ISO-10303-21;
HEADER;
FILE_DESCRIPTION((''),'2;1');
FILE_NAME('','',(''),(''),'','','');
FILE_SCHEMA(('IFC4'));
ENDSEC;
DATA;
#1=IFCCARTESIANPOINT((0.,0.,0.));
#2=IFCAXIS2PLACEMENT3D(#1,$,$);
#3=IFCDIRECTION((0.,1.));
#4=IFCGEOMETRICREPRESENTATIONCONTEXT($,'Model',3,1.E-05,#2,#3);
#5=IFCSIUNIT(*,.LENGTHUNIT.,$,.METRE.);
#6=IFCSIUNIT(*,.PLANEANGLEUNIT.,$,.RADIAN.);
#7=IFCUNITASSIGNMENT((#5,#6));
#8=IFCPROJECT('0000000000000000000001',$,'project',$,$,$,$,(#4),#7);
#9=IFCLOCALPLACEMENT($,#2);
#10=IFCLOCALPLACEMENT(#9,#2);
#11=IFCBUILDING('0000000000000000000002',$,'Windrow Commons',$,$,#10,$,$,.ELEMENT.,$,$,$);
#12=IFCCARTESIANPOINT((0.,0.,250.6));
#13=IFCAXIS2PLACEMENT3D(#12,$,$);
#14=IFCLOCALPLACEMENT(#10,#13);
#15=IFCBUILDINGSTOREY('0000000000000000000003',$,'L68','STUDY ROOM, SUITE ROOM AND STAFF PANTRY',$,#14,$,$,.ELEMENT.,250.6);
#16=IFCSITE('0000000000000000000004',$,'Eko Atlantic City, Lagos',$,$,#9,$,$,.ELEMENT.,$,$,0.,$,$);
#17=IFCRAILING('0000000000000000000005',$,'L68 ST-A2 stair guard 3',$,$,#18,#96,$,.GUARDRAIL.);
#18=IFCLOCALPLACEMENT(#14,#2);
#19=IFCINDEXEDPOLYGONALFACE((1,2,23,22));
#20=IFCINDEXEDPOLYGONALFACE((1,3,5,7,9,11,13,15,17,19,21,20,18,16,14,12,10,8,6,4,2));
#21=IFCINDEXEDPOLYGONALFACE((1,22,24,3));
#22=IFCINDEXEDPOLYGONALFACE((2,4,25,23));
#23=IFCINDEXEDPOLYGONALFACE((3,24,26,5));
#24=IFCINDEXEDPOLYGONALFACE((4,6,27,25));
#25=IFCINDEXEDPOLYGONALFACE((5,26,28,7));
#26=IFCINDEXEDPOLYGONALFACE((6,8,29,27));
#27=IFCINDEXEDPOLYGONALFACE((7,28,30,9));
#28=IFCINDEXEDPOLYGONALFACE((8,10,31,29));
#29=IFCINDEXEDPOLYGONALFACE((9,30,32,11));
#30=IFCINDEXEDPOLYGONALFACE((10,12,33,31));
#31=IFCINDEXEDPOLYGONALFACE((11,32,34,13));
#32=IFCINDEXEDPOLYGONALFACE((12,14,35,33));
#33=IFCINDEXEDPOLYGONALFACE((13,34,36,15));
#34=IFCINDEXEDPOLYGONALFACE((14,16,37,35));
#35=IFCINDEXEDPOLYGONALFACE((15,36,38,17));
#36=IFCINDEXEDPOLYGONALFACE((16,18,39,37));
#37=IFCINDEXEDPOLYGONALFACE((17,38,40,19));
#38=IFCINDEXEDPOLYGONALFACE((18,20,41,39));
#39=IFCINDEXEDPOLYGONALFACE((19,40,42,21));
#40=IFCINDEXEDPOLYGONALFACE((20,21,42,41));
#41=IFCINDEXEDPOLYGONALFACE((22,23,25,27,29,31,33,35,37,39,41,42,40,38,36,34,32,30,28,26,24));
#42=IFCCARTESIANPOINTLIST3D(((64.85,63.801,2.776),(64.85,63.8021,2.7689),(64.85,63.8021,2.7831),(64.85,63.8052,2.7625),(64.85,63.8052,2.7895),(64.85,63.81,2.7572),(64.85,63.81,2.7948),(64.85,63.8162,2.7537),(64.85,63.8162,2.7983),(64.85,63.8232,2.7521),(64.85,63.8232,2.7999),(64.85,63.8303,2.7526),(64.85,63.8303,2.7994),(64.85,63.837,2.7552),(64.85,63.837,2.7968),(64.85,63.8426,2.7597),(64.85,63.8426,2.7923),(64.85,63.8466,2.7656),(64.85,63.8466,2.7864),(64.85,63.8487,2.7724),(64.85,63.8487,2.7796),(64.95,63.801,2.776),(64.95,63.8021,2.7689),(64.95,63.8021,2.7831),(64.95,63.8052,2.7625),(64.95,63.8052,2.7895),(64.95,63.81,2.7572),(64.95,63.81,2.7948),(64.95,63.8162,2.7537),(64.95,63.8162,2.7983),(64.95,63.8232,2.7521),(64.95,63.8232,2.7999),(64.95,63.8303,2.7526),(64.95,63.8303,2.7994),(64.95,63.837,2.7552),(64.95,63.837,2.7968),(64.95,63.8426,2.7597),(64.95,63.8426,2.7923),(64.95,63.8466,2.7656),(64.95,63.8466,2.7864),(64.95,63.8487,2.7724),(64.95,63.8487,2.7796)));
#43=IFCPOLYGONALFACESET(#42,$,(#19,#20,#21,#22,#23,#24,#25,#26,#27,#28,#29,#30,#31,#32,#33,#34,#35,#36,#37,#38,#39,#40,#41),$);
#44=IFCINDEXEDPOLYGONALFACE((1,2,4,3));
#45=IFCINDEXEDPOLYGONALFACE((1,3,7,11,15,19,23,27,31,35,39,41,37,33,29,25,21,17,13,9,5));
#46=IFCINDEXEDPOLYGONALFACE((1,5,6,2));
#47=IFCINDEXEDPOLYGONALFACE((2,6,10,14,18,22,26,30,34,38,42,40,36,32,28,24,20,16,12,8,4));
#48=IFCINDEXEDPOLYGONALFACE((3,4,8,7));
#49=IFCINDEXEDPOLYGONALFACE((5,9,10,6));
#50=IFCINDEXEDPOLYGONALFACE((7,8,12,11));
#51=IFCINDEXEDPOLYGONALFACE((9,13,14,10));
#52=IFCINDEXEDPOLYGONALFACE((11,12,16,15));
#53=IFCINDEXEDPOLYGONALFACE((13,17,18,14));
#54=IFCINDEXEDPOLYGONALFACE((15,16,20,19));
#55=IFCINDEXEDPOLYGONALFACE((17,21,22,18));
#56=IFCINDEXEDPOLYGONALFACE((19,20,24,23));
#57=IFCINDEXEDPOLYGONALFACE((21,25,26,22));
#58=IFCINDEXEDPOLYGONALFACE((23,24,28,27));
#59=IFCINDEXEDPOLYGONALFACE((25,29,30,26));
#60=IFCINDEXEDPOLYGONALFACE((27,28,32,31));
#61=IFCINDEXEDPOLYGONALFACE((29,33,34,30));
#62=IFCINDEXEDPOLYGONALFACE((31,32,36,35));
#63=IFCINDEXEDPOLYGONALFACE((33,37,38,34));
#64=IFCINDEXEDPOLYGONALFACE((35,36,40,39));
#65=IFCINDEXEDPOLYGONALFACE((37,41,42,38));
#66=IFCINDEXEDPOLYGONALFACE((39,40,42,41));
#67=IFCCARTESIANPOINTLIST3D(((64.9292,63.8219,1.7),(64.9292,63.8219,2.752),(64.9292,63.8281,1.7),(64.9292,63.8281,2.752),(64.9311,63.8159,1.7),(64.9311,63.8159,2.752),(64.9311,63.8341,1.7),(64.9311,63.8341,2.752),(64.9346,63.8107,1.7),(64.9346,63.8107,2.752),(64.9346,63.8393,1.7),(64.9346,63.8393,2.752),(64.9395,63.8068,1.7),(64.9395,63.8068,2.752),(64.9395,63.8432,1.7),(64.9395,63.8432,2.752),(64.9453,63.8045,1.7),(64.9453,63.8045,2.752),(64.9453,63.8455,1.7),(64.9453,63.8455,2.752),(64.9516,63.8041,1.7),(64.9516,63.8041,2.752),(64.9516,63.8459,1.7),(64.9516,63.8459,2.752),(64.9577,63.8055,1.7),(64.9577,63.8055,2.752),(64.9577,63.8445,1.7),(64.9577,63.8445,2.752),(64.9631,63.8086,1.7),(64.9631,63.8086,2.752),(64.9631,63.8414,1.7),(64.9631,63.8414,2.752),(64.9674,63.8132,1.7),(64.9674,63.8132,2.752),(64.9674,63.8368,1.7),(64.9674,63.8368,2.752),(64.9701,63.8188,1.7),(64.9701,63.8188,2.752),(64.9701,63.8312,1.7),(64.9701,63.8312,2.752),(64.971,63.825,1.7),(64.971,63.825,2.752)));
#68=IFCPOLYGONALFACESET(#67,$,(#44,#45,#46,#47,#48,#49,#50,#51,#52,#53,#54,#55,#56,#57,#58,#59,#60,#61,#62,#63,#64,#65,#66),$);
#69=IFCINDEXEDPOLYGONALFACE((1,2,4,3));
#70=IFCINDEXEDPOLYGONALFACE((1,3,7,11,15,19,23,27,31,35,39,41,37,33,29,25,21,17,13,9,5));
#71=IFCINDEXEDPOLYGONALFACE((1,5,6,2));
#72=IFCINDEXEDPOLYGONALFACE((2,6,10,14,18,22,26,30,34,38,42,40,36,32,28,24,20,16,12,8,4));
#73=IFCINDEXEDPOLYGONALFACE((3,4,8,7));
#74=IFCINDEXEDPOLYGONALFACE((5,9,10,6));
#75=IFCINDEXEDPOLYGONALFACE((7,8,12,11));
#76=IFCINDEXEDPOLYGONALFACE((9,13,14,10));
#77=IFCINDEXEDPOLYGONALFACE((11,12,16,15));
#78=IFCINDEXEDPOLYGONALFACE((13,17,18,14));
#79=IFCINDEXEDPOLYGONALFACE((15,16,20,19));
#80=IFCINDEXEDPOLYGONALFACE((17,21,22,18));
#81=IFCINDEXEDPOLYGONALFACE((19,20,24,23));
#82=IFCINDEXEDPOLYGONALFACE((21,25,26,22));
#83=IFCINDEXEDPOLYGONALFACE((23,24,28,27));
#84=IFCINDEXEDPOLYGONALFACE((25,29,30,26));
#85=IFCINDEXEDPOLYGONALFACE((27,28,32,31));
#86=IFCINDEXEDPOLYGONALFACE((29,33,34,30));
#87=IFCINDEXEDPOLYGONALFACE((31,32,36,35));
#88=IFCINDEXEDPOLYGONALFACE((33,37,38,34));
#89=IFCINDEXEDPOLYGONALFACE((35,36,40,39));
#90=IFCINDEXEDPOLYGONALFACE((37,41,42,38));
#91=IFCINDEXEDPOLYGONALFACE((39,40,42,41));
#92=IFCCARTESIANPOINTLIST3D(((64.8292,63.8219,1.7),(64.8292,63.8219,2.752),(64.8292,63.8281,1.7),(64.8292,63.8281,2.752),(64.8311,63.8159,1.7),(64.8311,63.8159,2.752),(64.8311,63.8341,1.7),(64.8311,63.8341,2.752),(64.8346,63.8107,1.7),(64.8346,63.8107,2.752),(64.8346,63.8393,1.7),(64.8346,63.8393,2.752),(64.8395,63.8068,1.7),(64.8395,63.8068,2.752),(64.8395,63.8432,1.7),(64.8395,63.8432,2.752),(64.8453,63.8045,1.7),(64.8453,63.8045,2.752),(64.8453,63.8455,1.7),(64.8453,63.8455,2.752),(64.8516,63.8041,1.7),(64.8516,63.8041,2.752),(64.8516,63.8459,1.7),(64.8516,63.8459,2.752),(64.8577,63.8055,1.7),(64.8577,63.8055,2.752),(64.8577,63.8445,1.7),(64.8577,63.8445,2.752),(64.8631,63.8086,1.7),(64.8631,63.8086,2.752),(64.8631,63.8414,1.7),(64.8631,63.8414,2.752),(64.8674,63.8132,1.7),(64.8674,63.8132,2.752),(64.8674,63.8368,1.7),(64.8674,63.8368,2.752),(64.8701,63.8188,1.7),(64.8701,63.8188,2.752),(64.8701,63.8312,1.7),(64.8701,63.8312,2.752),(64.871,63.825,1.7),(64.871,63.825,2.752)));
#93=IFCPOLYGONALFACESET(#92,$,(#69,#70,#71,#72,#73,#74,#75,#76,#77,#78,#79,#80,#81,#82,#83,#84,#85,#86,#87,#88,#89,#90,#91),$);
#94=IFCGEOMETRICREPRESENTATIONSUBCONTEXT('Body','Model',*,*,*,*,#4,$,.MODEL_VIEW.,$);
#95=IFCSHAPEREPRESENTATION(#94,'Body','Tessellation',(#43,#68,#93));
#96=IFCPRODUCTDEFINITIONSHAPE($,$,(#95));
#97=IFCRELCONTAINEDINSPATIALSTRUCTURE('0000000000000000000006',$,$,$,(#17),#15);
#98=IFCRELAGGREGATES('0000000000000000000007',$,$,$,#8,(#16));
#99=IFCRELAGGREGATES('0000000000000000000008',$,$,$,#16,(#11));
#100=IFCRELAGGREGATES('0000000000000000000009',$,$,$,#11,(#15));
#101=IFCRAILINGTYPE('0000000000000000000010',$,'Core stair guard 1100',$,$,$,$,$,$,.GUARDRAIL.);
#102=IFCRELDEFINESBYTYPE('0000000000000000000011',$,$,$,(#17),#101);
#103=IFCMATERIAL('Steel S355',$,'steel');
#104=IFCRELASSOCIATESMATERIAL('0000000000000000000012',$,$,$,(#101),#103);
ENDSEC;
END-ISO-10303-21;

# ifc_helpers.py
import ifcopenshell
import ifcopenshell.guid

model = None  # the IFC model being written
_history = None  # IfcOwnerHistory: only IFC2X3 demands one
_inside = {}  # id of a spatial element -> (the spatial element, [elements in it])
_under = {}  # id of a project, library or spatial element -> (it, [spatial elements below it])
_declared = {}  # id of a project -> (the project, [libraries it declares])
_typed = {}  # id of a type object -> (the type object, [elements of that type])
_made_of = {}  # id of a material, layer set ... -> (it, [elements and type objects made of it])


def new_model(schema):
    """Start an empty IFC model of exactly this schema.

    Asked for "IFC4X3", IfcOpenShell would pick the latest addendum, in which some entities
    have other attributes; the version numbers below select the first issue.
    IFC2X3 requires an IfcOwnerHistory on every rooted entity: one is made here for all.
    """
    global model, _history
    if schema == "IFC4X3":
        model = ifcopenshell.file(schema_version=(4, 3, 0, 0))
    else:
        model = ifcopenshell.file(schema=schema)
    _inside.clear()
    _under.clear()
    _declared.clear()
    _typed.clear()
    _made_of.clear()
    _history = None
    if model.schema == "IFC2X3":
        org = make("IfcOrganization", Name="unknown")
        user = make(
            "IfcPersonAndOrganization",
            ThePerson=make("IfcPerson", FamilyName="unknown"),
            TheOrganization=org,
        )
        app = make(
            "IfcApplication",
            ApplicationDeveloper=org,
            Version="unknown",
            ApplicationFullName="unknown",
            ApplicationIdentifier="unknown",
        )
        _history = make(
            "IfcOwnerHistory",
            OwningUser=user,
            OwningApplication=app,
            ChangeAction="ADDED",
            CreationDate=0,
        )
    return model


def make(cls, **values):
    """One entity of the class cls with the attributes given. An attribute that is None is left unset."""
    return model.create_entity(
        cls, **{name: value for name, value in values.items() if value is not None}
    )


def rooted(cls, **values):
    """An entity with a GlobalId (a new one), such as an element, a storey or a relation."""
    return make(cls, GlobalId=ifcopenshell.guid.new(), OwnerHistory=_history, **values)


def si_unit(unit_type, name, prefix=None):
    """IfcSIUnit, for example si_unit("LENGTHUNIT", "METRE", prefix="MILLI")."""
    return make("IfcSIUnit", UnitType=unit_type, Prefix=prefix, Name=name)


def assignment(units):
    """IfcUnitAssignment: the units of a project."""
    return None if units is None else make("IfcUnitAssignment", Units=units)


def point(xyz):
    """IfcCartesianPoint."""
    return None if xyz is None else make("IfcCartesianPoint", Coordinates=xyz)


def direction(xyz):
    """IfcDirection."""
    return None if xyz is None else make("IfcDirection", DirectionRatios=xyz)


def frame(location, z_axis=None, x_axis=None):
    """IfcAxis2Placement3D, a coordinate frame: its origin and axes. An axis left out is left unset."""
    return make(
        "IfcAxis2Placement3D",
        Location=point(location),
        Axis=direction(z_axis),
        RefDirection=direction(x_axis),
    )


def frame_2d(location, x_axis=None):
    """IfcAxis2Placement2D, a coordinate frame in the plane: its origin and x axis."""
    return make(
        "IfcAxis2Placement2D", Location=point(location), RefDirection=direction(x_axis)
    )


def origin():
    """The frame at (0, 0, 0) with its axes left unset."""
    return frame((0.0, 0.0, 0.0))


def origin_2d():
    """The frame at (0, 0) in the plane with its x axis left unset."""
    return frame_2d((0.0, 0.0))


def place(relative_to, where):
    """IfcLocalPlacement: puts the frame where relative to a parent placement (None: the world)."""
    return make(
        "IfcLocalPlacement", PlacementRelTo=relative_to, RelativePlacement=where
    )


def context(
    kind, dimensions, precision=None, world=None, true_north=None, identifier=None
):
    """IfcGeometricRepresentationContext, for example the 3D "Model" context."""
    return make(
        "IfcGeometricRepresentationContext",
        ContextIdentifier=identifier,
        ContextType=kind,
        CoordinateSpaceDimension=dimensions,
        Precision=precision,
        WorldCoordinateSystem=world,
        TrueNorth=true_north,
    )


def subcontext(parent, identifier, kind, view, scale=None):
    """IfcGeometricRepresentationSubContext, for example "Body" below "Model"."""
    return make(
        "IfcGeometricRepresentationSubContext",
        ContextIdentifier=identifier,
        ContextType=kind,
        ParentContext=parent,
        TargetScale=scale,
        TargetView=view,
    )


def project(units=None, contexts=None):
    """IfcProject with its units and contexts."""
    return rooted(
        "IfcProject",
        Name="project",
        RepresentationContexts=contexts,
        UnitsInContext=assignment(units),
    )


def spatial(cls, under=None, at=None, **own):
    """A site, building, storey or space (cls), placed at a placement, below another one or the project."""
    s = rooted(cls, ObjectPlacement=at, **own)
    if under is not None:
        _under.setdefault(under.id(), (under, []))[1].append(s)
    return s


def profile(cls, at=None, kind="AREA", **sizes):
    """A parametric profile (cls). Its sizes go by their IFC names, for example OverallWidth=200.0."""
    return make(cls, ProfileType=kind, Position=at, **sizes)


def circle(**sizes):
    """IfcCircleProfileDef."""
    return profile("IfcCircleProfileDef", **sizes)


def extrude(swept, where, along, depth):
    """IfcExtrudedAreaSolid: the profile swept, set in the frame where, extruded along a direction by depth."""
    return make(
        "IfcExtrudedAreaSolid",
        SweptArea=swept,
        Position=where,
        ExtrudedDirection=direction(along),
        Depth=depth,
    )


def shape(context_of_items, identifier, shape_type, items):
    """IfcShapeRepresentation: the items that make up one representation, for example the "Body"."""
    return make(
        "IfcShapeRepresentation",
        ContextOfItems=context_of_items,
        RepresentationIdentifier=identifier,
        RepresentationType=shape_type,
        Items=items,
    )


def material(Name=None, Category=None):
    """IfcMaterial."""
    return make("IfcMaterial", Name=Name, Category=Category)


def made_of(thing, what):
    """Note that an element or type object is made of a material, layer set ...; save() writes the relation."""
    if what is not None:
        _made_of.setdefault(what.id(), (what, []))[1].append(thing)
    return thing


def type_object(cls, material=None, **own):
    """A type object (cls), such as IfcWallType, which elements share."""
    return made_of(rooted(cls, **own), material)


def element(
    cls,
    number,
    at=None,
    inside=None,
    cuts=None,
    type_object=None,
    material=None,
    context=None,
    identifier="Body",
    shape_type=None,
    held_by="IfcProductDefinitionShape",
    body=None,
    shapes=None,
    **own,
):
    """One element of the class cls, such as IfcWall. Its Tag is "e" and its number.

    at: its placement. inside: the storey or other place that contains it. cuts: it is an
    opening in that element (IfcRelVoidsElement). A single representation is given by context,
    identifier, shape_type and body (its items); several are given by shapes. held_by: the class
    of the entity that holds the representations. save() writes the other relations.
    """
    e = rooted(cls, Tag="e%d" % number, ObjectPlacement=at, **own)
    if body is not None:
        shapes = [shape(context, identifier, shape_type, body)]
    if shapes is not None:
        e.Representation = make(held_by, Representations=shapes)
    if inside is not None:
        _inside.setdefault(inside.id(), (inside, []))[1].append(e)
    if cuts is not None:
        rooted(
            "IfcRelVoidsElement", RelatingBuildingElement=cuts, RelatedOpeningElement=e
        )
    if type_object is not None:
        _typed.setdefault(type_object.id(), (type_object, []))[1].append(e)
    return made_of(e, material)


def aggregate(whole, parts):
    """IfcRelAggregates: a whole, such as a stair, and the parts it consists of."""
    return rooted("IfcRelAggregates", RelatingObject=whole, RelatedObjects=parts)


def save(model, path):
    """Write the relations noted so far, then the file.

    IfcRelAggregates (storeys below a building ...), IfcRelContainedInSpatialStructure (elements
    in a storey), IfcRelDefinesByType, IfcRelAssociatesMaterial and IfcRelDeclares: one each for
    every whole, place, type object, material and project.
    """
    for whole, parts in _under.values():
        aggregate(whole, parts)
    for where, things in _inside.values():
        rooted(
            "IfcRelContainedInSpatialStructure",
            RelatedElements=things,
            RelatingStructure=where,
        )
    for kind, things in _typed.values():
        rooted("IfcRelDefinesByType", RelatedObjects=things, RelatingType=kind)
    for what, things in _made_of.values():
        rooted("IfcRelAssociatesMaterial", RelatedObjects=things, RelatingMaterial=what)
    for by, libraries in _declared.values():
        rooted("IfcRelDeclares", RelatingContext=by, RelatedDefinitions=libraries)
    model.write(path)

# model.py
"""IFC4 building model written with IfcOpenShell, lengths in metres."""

from ifc_helpers import new_model, si_unit, direction, frame, origin, origin_2d, place, context, subcontext, project, spatial, circle, extrude, material, type_object, element, save


model = new_model("IFC4")

# Units and contexts
model_context = context("Model", 3, precision=1e-05, world=origin(), true_north=direction((0.0, 1.0)))
body_context = subcontext(model_context, "Body", "Model", "MODEL_VIEW")
ifc_project = project(units=[si_unit("LENGTHUNIT", "METRE"), si_unit("PLANEANGLEUNIT", "RADIAN")], contexts=[model_context])

# Site, building, storey
site_placement = place(None, origin())
site = spatial("IfcSite", under=ifc_project, at=site_placement, Name="Eko Atlantic City, Lagos", CompositionType="ELEMENT", RefElevation=0.0)
building_placement = place(site_placement, origin())
building = spatial("IfcBuilding", under=site, at=building_placement, Name="Windrow Commons", CompositionType="ELEMENT")
storey_placement = place(building_placement, frame((0.0, 0.0, 250.6)))
storey = spatial("IfcBuildingStorey", under=building, at=storey_placement, Name="L68", Description="STUDY ROOM, SUITE ROOM AND STAFF PANTRY", CompositionType="ELEMENT", Elevation=250.6)

# Railing
ifc_material_1 = material(Name="Steel S355", Category="steel")
railing_type_1 = type_object("IfcRailingType", Name="Core stair guard 1100", PredefinedType="GUARDRAIL", material=ifc_material_1)
railing_1_placement = place(storey_placement, frame((64.95, 63.825, 1.7)))
element("IfcRailing", 1, at=railing_1_placement, inside=storey, type_object=railing_type_1, Name="L68 ST-A2 stair guard 3", PredefinedType="GUARDRAIL", context=body_context, shape_type="SweptSolid", body=[
    extrude(circle(Radius=0.024, at=origin_2d()), frame((0.0, 0.0, 1.076), z_axis=(-1.0, 0.0, 0.0), x_axis=(0.0, -1.0, 0.0)), (0.0, 0.0, 1.0), 0.1),
    extrude(circle(Radius=0.021, at=origin_2d()), origin(), (0.0, 0.0, 1.0), 1.052),
    extrude(circle(Radius=0.021, at=origin_2d()), frame((-0.1, 0.0, 0.0)), (0.0, 0.0, 1.0), 1.052),
])

save(model, "model.ifc")
